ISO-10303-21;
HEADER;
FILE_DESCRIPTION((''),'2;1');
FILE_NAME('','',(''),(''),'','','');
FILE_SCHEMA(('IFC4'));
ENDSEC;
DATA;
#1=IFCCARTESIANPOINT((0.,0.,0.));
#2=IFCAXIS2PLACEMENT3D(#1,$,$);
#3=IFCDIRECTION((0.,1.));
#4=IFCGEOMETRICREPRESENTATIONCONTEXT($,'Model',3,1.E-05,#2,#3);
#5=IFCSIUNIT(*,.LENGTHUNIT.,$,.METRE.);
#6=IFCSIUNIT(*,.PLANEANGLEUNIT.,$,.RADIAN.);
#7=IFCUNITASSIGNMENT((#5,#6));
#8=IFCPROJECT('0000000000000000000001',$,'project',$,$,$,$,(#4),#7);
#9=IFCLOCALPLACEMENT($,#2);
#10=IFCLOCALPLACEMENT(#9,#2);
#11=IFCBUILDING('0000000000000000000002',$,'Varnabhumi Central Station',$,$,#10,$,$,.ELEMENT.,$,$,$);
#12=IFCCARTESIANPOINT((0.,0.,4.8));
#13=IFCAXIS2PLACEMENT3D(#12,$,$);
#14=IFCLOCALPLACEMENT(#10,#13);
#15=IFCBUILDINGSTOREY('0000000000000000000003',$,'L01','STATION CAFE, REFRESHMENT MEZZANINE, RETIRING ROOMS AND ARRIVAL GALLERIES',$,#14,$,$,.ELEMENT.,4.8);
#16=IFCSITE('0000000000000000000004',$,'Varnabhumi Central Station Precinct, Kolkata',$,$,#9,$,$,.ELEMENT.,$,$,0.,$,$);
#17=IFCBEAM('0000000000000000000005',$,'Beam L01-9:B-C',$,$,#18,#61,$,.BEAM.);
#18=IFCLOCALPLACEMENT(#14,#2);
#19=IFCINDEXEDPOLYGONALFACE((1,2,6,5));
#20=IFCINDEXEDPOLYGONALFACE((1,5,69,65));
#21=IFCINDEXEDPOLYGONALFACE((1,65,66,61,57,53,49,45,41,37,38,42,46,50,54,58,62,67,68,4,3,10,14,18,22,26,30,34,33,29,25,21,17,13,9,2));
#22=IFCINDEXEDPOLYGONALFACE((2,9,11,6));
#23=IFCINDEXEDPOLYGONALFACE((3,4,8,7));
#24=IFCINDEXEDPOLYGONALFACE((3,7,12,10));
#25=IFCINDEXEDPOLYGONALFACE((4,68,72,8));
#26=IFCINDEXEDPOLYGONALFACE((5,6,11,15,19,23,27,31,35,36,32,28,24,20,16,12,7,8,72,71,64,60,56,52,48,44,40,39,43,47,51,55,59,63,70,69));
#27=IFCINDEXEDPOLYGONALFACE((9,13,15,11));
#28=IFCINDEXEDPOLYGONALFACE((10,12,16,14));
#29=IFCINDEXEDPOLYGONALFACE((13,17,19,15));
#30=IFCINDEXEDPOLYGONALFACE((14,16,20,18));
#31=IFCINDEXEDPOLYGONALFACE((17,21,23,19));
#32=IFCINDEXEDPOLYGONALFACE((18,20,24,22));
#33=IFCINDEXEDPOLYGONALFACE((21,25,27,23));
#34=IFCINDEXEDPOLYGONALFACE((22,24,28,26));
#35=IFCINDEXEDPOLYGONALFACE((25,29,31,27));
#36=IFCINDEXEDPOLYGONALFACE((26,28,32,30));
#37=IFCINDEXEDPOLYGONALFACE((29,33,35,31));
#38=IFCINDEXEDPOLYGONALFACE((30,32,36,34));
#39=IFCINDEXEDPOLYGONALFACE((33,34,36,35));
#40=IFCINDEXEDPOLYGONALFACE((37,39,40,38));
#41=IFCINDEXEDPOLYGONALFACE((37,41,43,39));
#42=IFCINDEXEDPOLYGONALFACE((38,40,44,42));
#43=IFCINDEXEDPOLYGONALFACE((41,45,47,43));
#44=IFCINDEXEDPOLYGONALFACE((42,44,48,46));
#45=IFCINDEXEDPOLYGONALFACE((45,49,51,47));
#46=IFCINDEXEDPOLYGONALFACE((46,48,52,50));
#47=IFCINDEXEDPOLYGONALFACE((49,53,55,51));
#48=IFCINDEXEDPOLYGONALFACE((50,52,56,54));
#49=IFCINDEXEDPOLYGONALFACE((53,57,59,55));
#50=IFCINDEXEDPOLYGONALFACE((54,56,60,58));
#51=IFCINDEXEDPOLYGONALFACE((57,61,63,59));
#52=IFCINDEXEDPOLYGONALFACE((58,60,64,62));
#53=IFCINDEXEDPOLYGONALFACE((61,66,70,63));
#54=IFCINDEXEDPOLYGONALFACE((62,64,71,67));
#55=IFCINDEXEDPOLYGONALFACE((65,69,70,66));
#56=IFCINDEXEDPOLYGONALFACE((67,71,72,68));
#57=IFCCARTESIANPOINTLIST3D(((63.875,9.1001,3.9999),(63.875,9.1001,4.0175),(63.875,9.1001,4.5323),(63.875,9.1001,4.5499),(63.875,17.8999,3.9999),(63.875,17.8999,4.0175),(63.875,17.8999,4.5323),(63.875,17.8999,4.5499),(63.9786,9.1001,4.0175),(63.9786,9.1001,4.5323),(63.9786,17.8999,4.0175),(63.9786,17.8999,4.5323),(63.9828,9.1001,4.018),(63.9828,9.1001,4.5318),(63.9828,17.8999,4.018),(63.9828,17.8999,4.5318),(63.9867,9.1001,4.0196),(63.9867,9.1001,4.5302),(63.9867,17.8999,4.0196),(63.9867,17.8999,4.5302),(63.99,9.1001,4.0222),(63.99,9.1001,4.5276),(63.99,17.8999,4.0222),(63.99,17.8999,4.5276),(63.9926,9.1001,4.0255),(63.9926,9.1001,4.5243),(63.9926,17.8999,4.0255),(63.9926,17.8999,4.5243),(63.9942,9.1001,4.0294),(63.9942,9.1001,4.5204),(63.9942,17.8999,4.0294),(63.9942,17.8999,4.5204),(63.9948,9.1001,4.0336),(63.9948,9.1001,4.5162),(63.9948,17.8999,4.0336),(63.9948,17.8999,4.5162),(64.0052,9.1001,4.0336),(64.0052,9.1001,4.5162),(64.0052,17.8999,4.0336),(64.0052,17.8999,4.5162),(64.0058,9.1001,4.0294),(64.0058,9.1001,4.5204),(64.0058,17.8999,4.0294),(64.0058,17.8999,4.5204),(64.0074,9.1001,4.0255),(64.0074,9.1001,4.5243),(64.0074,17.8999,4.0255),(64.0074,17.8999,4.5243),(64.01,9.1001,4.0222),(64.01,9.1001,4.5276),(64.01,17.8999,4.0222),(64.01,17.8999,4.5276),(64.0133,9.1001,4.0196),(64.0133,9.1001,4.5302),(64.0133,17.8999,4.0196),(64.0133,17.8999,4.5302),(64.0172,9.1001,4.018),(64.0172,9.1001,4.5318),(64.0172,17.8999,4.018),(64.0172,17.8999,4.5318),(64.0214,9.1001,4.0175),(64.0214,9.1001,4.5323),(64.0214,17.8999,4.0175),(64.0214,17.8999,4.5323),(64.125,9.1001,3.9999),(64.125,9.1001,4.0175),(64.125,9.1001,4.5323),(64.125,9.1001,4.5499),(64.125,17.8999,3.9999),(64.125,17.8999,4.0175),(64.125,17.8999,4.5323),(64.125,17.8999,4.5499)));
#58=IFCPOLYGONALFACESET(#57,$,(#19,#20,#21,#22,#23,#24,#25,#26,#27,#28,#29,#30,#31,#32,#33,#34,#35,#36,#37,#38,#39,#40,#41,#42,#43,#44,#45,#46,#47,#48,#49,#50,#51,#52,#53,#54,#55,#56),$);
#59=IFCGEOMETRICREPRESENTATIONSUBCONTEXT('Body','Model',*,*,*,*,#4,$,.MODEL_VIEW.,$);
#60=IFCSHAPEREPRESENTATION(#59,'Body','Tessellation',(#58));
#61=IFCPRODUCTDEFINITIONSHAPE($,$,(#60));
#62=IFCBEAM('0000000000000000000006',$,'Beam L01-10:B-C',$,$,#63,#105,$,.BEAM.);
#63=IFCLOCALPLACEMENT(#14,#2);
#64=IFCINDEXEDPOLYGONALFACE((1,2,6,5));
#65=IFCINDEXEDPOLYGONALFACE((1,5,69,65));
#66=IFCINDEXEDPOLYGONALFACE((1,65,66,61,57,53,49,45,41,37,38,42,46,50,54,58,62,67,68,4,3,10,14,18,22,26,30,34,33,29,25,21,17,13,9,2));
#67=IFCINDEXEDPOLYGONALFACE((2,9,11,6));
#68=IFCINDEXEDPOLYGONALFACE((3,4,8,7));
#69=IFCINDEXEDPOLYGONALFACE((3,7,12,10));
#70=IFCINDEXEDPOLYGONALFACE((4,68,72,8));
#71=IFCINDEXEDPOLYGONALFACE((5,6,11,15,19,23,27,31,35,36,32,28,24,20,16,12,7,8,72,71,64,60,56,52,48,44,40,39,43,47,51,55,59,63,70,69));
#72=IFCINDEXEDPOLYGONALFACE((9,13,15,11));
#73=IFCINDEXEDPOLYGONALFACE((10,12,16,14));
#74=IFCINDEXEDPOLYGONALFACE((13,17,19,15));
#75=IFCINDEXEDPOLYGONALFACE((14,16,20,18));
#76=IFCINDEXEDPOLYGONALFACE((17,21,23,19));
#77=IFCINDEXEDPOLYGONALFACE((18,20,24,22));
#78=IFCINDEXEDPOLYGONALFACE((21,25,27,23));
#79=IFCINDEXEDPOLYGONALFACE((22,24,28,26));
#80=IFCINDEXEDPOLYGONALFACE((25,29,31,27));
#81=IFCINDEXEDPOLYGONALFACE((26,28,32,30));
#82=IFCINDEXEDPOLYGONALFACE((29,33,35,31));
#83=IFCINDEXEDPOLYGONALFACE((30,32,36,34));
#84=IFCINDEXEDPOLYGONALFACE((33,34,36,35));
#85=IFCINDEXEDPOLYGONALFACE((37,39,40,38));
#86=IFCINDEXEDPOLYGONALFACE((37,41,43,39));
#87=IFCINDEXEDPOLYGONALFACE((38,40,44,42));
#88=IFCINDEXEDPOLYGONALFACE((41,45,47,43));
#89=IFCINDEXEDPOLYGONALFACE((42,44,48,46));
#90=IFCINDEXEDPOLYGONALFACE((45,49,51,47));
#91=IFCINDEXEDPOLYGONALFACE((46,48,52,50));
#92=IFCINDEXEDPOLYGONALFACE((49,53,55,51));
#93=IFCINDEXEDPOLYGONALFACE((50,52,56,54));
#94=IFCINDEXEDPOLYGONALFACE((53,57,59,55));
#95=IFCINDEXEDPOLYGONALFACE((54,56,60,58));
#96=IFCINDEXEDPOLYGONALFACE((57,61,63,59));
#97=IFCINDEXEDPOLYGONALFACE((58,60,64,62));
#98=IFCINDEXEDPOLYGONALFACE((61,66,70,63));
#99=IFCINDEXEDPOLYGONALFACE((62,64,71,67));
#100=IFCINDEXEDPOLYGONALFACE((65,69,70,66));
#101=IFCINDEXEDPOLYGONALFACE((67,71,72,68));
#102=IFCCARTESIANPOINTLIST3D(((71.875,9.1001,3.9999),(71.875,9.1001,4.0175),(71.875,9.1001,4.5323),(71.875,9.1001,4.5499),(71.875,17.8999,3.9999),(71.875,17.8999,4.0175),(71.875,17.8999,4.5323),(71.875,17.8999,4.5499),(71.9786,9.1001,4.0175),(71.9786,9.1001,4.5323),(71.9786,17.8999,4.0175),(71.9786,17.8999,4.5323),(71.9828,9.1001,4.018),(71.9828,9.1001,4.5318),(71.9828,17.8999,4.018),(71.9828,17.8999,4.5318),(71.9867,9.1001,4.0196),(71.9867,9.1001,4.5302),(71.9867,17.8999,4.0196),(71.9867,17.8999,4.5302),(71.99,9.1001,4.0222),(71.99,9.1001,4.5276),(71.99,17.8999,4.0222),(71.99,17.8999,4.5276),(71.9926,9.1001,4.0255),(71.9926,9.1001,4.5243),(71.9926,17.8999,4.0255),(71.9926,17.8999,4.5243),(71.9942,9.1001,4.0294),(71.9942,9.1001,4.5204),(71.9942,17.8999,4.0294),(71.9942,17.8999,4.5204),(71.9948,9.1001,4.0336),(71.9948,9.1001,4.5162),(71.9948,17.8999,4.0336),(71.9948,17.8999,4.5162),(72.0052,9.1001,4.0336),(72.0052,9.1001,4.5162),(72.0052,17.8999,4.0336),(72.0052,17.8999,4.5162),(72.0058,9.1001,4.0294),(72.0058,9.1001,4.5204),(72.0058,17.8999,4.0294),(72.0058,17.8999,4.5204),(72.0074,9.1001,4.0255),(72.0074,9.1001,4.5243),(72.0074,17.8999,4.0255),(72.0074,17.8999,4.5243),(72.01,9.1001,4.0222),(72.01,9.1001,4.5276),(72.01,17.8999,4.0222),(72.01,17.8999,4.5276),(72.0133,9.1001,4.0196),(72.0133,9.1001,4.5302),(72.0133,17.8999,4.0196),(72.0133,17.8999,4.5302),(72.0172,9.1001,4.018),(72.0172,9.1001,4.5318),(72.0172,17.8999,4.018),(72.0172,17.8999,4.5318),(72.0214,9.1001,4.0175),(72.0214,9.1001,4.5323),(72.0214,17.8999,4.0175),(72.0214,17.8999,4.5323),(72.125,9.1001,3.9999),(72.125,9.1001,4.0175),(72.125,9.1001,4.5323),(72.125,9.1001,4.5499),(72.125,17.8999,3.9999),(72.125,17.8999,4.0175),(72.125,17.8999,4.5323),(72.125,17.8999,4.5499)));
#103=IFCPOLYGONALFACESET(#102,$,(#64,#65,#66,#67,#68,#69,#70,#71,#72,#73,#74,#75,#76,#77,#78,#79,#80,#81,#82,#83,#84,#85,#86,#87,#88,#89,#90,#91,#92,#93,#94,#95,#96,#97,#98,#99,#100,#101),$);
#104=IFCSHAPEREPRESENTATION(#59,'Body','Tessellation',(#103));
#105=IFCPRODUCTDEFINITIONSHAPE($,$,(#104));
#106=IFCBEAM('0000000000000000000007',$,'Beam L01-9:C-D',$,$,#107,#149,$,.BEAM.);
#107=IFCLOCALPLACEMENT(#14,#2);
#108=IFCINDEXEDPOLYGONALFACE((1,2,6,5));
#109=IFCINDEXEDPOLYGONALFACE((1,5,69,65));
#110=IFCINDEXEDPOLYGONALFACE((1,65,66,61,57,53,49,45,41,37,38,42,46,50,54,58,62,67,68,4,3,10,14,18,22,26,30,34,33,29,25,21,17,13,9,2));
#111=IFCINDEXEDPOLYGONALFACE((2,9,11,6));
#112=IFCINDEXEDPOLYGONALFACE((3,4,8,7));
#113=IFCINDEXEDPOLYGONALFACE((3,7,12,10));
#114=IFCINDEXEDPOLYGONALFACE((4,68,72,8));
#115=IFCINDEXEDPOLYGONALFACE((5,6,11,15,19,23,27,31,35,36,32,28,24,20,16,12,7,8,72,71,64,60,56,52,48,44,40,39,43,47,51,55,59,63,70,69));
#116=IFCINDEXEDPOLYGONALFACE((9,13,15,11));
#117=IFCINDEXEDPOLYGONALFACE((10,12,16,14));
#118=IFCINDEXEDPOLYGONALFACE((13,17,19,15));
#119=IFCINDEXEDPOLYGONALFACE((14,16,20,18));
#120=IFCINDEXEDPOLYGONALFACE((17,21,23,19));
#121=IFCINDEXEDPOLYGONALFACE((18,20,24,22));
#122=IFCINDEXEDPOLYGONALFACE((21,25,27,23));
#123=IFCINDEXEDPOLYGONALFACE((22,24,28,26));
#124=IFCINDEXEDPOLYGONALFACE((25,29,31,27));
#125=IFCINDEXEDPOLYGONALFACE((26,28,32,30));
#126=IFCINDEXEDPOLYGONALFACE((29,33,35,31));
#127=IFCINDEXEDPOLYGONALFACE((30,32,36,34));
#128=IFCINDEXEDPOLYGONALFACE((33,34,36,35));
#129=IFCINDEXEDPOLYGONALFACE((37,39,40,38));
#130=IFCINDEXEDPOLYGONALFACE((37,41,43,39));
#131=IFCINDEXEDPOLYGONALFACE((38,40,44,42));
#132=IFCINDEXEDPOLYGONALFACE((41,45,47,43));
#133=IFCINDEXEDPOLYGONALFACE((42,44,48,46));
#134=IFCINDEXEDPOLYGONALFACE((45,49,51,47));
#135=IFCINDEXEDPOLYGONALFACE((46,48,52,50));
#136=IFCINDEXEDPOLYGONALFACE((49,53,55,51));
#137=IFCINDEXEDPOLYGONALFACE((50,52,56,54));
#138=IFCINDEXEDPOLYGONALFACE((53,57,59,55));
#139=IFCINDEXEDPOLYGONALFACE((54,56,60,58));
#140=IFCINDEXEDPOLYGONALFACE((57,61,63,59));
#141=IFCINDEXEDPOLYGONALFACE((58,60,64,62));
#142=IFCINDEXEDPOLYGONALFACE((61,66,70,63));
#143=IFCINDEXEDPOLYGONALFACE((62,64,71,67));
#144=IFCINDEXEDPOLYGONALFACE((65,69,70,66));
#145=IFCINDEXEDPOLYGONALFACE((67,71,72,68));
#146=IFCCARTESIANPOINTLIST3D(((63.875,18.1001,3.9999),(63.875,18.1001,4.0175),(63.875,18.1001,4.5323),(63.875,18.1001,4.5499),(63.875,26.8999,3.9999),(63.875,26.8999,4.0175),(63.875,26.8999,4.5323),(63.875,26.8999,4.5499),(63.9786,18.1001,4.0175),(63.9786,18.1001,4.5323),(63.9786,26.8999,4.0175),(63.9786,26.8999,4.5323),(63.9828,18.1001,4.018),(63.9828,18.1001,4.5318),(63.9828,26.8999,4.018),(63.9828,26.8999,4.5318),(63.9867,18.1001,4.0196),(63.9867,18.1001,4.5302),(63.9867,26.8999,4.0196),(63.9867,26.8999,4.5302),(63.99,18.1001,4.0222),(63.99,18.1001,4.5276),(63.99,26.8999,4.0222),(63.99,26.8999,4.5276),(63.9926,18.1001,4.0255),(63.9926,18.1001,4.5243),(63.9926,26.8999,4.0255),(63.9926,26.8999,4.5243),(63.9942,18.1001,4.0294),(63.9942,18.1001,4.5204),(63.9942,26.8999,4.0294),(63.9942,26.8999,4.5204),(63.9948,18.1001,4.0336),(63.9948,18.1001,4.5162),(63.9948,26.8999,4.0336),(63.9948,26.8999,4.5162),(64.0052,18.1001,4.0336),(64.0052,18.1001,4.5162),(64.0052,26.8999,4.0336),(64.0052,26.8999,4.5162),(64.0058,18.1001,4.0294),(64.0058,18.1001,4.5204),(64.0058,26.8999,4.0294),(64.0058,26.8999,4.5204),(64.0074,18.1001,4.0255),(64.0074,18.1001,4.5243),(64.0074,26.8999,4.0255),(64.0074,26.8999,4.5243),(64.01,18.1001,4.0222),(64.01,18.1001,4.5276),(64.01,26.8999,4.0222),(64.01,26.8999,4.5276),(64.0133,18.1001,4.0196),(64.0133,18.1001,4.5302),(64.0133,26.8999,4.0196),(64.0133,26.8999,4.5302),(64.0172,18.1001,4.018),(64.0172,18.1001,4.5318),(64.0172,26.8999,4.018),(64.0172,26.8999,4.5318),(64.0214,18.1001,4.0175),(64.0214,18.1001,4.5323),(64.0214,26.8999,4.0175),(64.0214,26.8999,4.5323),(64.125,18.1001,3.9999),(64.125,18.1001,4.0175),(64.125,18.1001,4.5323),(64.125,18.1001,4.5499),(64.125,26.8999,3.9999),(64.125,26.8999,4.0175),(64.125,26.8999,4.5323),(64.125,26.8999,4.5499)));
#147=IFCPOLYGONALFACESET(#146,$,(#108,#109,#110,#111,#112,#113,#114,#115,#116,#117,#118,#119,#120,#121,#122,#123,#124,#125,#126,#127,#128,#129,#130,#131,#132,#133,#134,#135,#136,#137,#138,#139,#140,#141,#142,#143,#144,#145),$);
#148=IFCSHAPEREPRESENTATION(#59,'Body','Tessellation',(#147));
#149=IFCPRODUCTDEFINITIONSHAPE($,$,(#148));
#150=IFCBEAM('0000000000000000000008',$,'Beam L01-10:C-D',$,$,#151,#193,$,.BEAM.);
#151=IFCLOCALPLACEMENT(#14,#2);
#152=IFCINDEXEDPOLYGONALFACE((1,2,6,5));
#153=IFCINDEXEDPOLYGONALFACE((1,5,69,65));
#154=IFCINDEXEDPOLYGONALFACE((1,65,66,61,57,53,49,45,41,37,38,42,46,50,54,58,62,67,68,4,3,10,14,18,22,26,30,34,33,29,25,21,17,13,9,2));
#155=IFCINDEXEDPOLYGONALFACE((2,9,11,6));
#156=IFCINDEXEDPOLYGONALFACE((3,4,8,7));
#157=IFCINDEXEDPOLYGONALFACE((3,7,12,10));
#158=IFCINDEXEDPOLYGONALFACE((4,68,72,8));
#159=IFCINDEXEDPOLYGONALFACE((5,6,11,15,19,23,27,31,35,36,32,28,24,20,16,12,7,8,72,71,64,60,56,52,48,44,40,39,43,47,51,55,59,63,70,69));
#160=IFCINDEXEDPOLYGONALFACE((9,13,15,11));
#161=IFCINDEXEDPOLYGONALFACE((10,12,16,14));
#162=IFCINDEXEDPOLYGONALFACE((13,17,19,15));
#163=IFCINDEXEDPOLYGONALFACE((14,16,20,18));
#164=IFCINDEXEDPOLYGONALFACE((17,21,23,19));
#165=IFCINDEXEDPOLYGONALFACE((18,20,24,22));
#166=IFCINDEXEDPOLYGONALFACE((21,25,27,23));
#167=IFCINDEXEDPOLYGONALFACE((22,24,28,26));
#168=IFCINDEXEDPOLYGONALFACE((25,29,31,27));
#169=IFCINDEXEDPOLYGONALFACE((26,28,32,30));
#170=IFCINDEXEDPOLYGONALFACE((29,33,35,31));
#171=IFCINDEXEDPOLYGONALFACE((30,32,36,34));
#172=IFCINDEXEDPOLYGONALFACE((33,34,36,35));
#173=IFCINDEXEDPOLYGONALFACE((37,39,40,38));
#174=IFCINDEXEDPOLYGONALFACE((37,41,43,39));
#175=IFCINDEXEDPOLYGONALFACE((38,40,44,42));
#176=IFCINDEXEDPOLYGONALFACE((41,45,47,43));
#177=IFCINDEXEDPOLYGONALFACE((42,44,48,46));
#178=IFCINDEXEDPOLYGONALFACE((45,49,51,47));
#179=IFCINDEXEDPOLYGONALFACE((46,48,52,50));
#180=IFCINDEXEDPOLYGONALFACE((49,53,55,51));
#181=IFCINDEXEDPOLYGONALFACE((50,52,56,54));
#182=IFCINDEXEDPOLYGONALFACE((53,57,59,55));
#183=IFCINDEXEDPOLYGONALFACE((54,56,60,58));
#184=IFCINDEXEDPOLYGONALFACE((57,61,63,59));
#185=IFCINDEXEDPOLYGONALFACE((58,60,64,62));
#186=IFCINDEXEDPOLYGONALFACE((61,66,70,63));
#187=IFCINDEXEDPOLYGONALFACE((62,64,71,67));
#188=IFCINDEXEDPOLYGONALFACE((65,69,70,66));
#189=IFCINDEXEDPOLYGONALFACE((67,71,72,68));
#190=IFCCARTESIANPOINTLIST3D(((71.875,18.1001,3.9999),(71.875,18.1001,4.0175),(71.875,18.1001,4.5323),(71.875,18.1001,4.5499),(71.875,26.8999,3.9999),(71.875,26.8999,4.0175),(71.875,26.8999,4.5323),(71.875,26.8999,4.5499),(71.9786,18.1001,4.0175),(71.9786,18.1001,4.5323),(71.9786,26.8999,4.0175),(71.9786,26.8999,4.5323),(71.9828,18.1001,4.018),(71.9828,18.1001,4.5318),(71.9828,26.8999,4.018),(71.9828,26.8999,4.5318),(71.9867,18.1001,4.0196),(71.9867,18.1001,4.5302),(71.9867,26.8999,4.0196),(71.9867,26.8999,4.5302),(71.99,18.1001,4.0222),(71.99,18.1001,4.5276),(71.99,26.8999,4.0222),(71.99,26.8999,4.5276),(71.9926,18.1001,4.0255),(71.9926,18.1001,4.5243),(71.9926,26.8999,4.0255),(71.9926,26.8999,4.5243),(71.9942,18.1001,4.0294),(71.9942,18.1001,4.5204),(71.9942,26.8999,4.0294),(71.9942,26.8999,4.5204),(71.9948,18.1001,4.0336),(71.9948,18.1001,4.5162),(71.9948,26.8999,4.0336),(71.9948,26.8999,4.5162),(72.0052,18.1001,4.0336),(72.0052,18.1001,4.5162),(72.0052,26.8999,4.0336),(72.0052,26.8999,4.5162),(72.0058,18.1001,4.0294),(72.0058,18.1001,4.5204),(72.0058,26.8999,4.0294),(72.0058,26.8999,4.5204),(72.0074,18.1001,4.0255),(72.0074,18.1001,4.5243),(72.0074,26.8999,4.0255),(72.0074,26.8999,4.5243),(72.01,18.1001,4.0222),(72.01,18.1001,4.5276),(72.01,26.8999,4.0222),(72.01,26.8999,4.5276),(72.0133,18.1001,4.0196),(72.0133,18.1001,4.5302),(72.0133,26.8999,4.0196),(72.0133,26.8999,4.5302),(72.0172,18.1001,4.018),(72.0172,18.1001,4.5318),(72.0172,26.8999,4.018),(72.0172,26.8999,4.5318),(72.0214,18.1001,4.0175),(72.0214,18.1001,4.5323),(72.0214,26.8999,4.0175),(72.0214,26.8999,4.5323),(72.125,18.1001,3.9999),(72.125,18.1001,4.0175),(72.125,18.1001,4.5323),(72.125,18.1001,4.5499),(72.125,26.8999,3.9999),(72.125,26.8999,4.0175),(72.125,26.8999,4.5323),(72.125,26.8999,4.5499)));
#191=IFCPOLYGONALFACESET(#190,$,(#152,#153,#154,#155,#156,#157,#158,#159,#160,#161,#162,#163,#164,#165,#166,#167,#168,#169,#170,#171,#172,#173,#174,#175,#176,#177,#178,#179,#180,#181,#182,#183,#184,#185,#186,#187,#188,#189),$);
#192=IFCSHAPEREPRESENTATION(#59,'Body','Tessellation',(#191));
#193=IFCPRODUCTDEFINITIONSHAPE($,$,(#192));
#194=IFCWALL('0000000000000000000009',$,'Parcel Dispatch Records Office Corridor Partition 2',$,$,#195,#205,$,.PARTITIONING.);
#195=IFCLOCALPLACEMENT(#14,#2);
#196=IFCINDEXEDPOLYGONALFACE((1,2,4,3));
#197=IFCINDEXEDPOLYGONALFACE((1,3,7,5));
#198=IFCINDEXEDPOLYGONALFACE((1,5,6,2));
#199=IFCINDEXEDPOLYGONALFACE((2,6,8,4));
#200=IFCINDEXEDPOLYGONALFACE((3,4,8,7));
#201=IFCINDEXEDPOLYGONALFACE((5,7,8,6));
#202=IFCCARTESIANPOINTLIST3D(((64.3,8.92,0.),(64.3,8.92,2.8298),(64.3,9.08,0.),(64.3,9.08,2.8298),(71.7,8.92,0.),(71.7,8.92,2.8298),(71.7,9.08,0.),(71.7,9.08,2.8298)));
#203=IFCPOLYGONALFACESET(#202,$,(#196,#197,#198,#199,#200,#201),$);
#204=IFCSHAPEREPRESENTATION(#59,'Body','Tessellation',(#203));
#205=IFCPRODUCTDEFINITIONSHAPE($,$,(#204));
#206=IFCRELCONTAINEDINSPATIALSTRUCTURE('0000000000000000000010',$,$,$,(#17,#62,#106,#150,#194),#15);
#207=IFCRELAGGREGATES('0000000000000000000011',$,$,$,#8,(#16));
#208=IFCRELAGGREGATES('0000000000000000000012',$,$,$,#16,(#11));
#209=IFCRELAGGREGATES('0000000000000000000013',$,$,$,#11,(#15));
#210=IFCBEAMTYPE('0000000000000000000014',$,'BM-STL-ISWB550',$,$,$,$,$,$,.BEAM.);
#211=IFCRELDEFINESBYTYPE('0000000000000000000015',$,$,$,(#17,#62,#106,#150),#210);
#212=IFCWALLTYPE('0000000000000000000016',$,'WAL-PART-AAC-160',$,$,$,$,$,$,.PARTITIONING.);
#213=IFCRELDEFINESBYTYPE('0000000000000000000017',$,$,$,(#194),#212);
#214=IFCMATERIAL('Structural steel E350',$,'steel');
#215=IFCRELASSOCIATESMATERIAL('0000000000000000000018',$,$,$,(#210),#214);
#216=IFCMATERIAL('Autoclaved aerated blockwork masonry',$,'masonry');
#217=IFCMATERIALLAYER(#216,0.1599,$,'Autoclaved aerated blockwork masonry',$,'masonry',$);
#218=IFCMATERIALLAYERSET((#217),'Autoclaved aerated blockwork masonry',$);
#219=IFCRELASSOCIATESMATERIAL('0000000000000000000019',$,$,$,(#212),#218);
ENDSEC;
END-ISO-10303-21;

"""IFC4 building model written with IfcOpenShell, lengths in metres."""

from ifc_helpers import new_model, si_unit, direction, frame, frame_2d, origin, origin_2d, place, context, subcontext, project, spatial, rectangle, i_section, extrude, material, layer, layer_set, material_profile, profile_set, type_object, element, save


model = new_model("IFC4")

# Units and contexts
model_context = context("Model", 3, precision=1e-05, world=origin(), true_north=direction((0.0, 1.0)))
body_context = subcontext(model_context, "Body", "Model", "MODEL_VIEW")
ifc_project = project(units=[si_unit("LENGTHUNIT", "METRE"), si_unit("PLANEANGLEUNIT", "RADIAN")], contexts=[model_context])

# Site, building, storey
site_placement = place(None, origin())
site = spatial("IfcSite", under=ifc_project, at=site_placement, Name="Varnabhumi Central Station Precinct, Kolkata", CompositionType="ELEMENT", RefElevation=0.0)
building_placement = place(site_placement, origin())
building = spatial("IfcBuilding", under=site, at=building_placement, Name="Varnabhumi Central Station", CompositionType="ELEMENT")
storey_placement = place(building_placement, frame((0.0, 0.0, 4.8)))
storey = spatial("IfcBuildingStorey", under=building, at=storey_placement, Name="L01", Description="STATION CAFE, REFRESHMENT MEZZANINE, RETIRING ROOMS AND ARRIVAL GALLERIES", CompositionType="ELEMENT", Elevation=4.8)

# Beams
ifc_material_1 = material(Name="Structural steel E350", Category="steel")
ifc_material_profile_1 = material_profile(ifc_material_1, i_section(OverallWidth=0.25, OverallDepth=0.55, WebThickness=0.0105, FlangeThickness=0.0176, FilletRadius=0.0161, at=origin_2d()), Name="Structural steel E350", Category="steel")
ifc_profile_set_1 = profile_set([ifc_material_profile_1], Name="Structural steel E350")
beam_type_1 = type_object("IfcBeamType", Name="BM-STL-ISWB550", PredefinedType="BEAM", material=ifc_profile_set_1)
for number, where, z_axis, x_axis, name in (
    (1, (64.0, 9.1001, 4.2749), (0.0, 1.0, 0.0), (-1.0, 0.0, 0.0), "Beam L01-9:B-C"),
    (2, (72.0, 9.1001, 4.2749), (0.0, 1.0, 0.0), (-1.0, 0.0, 0.0), "Beam L01-10:B-C"),
    (3, (64.0, 18.1001, 4.2749), (0.0, 1.0, 0.0), (-1.0, 0.0, 0.0), "Beam L01-9:C-D"),
    (4, (72.0, 18.1001, 4.2749), (0.0, 1.0, 0.0), (-1.0, 0.0, 0.0), "Beam L01-10:C-D"),
):
    element("IfcBeam", number, at=place(storey_placement, frame(where, z_axis=z_axis, x_axis=x_axis)), inside=storey, type_object=beam_type_1, Name=name, PredefinedType="BEAM", context=body_context, shape_type="SweptSolid", body=[
        extrude(i_section(OverallWidth=0.25, OverallDepth=0.55, WebThickness=0.0105, FlangeThickness=0.0176, FilletRadius=0.0161, at=origin_2d()), origin(), (0.0, 0.0, 1.0), 8.7998),
    ])

# Wall
ifc_material_2 = material(Name="Autoclaved aerated blockwork masonry", Category="masonry")
ifc_layer_1 = layer(ifc_material_2, 0.1599, Name="Autoclaved aerated blockwork masonry", Category="masonry")
ifc_layer_set_1 = layer_set([ifc_layer_1], Name="Autoclaved aerated blockwork masonry")
wall_type_1 = type_object("IfcWallType", Name="WAL-PART-AAC-160", PredefinedType="PARTITIONING", material=ifc_layer_set_1)
wall_1_placement = place(storey_placement, frame((64.3, 9.0, 0.0), z_axis=(0.0, 0.0, 1.0), x_axis=(1.0, 0.0, 0.0)))
element("IfcWall", 5, at=wall_1_placement, inside=storey, type_object=wall_type_1, Name="Parcel Dispatch Records Office Corridor Partition 2", PredefinedType="PARTITIONING", context=body_context, shape_type="SweptSolid", body=[
    extrude(rectangle(XDim=7.3999, YDim=0.1599, at=frame_2d((3.7, 0.0))), origin(), (0.0, 0.0, 1.0), 2.8298),
])

save(model, "model.ifc")
